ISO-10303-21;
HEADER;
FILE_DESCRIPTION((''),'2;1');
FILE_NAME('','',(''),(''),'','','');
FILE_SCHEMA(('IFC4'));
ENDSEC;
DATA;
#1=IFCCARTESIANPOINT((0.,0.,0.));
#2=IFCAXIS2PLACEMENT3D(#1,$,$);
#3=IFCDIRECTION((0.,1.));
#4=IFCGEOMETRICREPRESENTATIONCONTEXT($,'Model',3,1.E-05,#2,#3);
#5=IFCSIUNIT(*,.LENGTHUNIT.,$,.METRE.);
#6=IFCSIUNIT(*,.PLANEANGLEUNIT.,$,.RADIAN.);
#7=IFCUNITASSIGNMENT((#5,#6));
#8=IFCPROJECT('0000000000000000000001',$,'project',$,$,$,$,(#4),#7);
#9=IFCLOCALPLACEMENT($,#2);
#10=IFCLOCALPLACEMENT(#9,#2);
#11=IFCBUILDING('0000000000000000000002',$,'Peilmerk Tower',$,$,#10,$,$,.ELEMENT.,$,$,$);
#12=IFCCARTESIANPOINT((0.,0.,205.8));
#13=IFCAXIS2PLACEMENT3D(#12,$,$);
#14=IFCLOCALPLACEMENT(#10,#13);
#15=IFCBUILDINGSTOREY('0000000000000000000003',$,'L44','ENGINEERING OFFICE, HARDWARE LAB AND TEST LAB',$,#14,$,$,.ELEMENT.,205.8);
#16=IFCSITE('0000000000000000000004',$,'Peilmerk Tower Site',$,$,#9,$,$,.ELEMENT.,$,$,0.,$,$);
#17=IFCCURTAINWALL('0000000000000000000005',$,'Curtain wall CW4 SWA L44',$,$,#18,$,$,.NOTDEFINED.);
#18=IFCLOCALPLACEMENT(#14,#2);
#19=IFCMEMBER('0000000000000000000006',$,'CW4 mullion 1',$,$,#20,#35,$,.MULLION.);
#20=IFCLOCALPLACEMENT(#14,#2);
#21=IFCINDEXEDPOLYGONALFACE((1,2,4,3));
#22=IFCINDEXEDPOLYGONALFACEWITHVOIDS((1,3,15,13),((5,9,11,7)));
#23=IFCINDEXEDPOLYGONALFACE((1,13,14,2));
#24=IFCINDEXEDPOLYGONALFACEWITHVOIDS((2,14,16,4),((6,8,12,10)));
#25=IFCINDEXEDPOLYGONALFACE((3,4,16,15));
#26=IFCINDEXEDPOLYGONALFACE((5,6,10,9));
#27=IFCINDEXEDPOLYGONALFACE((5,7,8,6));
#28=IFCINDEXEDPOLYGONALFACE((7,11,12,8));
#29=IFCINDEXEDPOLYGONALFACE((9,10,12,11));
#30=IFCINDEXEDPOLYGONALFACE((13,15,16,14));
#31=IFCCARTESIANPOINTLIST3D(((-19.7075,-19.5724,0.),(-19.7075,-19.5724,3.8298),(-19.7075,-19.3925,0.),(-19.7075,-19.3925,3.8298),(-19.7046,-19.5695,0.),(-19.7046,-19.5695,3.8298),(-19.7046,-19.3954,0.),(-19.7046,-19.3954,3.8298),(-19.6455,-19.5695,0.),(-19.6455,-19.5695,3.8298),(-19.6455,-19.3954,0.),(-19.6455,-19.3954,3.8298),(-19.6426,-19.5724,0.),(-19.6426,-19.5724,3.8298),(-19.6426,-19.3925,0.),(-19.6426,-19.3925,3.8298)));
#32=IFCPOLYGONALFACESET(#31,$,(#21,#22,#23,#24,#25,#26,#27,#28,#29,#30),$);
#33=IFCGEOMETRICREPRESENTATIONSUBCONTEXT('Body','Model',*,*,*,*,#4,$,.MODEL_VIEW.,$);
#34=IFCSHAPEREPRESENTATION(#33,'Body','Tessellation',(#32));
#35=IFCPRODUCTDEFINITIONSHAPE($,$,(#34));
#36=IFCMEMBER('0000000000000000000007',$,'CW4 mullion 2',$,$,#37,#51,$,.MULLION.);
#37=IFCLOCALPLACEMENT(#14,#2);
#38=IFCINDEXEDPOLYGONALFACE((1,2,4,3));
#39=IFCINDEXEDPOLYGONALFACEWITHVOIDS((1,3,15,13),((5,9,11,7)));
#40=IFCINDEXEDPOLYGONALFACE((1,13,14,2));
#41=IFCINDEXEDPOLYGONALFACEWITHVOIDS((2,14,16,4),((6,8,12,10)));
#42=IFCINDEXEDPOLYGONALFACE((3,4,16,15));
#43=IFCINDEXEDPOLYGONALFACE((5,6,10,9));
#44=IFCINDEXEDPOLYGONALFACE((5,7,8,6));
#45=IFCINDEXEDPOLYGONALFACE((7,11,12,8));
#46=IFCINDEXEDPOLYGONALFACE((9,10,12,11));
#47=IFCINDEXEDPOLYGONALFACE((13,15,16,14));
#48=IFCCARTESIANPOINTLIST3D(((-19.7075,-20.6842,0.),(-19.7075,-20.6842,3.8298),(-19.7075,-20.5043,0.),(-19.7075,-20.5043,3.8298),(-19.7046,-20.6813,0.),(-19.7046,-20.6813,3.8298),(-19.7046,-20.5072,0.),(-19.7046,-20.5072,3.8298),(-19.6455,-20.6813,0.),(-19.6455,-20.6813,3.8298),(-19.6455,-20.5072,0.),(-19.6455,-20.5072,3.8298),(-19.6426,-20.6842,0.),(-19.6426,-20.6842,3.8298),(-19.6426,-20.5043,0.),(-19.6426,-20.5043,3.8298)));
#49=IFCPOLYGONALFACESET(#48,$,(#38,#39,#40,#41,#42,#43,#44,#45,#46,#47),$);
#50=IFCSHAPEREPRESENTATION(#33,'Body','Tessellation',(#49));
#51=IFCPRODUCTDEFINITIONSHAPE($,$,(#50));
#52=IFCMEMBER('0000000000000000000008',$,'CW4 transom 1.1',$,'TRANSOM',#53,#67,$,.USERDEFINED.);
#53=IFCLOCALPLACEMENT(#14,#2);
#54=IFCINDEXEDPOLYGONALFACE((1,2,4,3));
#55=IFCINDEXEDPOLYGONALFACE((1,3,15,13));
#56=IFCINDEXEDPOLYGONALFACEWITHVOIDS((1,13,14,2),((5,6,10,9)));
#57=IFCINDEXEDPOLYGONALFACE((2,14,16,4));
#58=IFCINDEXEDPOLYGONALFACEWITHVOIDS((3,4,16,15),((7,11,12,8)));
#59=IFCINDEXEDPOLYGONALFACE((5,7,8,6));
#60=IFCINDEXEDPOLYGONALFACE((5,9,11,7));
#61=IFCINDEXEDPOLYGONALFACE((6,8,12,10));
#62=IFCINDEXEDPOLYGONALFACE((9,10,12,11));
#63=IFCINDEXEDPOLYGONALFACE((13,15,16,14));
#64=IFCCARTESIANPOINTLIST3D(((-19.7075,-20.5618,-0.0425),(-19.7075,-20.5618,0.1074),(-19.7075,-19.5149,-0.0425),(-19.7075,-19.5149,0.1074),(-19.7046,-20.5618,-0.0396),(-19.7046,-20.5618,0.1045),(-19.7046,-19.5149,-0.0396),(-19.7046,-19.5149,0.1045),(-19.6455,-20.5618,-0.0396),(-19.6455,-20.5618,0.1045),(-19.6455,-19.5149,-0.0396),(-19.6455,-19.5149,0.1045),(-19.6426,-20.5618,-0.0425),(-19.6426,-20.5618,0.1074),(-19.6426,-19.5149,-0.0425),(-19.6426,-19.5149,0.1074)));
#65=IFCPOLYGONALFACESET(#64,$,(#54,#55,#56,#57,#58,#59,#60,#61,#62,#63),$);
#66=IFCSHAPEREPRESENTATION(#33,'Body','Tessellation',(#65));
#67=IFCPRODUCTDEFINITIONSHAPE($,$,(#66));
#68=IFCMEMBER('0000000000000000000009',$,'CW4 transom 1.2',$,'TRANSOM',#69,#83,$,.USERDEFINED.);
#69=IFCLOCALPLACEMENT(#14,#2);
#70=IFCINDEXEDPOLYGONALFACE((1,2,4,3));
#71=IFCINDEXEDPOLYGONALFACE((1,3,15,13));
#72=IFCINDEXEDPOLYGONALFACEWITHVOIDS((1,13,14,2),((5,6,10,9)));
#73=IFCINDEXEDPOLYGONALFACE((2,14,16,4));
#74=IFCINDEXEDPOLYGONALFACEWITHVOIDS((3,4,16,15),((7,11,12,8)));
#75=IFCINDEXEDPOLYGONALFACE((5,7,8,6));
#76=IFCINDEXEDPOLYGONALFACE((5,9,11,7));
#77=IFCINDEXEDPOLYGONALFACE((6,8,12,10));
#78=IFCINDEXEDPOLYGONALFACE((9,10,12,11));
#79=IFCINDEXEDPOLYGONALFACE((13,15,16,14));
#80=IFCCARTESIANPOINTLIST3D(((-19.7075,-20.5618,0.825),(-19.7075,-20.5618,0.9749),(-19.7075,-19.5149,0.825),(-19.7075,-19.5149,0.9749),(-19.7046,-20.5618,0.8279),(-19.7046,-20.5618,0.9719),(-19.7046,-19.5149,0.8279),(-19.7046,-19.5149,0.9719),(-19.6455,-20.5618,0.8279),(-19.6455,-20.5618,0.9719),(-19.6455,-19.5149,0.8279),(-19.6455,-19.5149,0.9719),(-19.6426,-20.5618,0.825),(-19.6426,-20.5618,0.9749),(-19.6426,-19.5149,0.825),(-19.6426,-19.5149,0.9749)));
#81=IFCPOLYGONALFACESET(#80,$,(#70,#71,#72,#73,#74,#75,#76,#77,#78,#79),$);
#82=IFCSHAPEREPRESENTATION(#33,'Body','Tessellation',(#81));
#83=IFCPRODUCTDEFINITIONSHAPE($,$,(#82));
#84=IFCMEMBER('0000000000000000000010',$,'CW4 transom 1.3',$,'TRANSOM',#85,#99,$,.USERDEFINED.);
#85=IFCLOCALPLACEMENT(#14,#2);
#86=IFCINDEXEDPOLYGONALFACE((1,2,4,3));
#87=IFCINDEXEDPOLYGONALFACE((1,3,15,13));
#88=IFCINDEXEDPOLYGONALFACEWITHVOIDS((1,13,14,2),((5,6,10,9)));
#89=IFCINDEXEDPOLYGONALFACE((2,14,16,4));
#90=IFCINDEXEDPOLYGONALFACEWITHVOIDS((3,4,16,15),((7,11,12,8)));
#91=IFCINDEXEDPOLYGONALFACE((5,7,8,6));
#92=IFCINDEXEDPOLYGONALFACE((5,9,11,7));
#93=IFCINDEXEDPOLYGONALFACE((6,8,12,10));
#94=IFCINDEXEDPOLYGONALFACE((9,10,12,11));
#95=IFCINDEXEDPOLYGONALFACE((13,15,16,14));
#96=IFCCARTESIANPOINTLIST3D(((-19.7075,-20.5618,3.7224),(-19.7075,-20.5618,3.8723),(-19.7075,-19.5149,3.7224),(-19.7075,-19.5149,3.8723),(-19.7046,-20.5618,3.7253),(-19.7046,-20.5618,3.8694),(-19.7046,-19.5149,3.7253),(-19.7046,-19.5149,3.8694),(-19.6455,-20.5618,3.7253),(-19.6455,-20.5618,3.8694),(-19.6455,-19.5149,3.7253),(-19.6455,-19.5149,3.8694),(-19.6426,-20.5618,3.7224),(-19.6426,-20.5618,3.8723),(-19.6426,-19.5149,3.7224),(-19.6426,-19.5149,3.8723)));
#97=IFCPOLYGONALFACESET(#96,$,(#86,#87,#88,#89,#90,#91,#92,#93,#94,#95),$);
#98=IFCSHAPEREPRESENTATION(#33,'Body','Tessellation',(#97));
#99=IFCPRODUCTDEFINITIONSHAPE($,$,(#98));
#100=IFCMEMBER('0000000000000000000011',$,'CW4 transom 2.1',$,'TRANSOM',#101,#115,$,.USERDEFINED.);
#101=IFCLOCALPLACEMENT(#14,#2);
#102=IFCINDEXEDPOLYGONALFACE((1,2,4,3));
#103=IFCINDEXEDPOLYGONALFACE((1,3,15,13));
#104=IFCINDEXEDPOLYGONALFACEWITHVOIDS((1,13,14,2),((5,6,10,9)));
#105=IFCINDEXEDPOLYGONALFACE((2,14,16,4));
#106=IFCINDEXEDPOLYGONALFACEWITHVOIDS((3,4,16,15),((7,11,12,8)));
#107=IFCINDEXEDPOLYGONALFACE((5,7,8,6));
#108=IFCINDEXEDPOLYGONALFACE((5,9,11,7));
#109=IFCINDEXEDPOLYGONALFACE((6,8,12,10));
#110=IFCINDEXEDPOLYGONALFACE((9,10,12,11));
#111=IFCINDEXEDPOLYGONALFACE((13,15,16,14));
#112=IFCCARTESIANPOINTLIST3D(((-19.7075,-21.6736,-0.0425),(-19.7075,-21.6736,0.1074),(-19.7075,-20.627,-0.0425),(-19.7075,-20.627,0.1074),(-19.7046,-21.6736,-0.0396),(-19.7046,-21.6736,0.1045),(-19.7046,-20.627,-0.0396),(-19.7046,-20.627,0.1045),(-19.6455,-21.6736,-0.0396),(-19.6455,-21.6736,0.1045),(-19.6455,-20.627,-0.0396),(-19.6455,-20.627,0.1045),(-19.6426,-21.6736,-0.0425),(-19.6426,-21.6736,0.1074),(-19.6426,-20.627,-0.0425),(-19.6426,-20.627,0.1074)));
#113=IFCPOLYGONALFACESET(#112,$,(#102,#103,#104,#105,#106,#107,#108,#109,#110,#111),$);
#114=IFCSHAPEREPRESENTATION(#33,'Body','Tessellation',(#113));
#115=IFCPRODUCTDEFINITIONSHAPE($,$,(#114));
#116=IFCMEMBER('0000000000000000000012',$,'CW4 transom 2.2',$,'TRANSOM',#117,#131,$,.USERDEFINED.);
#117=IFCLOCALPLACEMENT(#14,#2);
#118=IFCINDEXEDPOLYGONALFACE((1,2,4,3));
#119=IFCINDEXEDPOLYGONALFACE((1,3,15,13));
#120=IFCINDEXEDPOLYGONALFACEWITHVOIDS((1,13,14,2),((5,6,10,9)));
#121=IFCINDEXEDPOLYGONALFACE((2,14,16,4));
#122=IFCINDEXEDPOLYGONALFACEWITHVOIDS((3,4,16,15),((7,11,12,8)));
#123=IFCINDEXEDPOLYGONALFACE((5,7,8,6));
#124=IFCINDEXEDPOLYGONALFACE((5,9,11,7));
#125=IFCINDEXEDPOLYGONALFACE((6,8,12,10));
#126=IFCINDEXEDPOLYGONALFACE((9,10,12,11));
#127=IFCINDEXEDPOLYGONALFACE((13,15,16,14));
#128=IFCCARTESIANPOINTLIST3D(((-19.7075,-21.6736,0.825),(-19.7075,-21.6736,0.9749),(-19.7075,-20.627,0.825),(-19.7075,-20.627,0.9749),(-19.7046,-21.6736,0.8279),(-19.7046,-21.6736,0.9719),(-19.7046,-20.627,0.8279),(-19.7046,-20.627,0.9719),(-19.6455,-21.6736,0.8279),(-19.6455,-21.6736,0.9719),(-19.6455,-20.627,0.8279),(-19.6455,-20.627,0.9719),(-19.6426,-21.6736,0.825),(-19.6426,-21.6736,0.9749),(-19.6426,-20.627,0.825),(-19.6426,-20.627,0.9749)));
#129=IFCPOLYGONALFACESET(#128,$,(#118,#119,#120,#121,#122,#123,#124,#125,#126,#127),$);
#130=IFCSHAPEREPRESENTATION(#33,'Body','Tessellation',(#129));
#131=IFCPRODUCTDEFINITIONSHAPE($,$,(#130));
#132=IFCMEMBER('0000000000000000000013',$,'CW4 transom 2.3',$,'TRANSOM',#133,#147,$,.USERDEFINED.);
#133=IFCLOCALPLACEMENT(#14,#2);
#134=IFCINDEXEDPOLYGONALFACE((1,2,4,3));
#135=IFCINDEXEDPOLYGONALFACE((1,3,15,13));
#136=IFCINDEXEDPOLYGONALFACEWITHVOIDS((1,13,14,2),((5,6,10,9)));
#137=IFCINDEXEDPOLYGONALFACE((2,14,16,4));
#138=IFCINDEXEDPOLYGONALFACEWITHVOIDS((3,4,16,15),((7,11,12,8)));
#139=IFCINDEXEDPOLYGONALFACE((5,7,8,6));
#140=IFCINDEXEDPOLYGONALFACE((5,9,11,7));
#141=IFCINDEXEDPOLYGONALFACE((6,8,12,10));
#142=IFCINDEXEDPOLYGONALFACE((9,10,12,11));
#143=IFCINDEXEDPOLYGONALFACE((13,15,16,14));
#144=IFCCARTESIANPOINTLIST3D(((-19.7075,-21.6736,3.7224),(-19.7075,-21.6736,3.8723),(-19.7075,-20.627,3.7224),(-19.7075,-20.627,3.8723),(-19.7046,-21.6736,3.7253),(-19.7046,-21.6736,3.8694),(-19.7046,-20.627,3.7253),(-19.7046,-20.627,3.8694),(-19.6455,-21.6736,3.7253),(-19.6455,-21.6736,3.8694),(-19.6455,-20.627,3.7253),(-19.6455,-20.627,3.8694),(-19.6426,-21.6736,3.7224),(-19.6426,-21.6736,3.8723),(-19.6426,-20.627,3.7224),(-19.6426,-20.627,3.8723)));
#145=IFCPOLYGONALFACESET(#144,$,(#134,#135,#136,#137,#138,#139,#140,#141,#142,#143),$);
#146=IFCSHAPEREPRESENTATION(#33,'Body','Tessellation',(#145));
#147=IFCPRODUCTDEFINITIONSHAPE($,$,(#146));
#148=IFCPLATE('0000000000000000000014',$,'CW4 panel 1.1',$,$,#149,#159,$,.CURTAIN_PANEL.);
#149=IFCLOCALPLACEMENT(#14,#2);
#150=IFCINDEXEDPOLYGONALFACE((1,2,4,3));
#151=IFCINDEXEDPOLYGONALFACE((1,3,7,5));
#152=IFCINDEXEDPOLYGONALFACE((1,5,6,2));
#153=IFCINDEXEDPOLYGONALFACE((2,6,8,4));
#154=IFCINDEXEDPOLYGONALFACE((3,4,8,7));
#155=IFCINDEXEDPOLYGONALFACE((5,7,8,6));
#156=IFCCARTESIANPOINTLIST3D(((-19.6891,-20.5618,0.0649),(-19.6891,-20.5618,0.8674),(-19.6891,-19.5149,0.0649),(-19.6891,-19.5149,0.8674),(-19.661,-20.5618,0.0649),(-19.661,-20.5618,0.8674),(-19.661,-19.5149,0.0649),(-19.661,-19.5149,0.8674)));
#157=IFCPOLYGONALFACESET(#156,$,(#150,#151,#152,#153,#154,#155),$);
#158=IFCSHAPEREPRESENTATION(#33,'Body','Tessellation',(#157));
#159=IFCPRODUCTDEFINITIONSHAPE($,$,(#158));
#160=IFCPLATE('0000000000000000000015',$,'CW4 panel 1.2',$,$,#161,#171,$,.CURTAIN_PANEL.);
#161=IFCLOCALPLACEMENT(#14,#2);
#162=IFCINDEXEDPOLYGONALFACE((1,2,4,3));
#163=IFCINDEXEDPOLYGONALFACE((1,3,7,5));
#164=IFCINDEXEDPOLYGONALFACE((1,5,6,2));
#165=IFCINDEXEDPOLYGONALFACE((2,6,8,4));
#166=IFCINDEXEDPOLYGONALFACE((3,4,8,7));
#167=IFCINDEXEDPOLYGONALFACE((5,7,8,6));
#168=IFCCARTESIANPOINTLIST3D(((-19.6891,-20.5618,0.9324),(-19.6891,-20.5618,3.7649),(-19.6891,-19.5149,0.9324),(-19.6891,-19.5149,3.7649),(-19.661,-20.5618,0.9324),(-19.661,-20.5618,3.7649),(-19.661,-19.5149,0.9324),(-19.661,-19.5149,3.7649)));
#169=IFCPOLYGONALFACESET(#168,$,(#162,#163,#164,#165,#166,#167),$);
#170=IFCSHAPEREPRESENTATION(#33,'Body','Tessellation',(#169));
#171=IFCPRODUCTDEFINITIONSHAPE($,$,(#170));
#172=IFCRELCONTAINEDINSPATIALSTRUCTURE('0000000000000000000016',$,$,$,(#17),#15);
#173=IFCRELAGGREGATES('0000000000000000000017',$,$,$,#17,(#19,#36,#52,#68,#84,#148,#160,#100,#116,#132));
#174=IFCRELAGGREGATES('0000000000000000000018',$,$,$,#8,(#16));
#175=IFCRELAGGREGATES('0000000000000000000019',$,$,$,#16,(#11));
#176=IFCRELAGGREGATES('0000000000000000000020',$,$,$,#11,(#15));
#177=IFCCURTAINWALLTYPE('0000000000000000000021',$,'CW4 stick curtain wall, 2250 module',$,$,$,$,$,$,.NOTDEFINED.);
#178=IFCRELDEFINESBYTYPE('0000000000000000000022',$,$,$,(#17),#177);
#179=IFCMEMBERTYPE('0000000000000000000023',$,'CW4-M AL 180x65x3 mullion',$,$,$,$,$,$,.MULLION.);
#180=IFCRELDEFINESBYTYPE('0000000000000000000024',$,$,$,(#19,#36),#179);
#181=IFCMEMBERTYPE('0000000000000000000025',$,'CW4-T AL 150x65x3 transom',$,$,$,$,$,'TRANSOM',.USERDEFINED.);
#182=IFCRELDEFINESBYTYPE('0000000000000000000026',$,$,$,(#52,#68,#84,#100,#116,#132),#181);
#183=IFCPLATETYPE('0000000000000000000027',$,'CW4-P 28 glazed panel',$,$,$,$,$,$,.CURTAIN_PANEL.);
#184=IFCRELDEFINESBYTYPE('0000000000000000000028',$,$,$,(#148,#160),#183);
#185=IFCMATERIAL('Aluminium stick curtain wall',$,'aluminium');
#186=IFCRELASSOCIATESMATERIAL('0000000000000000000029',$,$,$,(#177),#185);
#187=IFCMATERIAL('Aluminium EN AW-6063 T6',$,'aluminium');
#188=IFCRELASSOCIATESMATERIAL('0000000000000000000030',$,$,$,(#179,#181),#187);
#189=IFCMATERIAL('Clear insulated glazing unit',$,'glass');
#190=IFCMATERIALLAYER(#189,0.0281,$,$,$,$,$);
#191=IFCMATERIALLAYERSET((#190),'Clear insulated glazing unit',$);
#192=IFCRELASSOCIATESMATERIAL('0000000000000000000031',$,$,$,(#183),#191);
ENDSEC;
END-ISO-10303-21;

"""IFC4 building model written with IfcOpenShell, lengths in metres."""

from ifc_helpers import new_model, si_unit, direction, frame, origin, origin_2d, place, context, subcontext, project, spatial, rectangle, hollow_rectangle, extrude, material, layer, layer_set, material_profile, profile_set, type_object, element, aggregate, save


model = new_model("IFC4")

# Units and contexts
model_context = context("Model", 3, precision=1e-05, world=origin(), true_north=direction((0.0, 1.0)))
body_context = subcontext(model_context, "Body", "Model", "MODEL_VIEW")
ifc_project = project(units=[si_unit("LENGTHUNIT", "METRE"), si_unit("PLANEANGLEUNIT", "RADIAN")], contexts=[model_context])

# Site, building, storey
site_placement = place(None, origin())
site = spatial("IfcSite", under=ifc_project, at=site_placement, Name="Peilmerk Tower Site", CompositionType="ELEMENT", RefElevation=0.0)
building_placement = place(site_placement, origin())
building = spatial("IfcBuilding", under=site, at=building_placement, Name="Peilmerk Tower", CompositionType="ELEMENT")
storey_placement = place(building_placement, frame((0.0, 0.0, 205.8)))
storey = spatial("IfcBuildingStorey", under=building, at=storey_placement, Name="L44", Description="ENGINEERING OFFICE, HARDWARE LAB AND TEST LAB", CompositionType="ELEMENT", Elevation=205.8)

# Curtain wall, members, plates
ifc_material_1 = material(Name="Aluminium stick curtain wall", Category="aluminium")
curtain_wall_type = type_object("IfcCurtainWallType", Name="CW4 stick curtain wall, 2250 module", PredefinedType="NOTDEFINED", material=ifc_material_1)
curtain_wall_placement = place(storey_placement, origin())
curtain_wall = element("IfcCurtainWall", 1, at=curtain_wall_placement, inside=storey, type_object=curtain_wall_type, Name="Curtain wall CW4 SWA L44", PredefinedType="NOTDEFINED")
ifc_material_2 = material(Name="Aluminium EN AW-6063 T6", Category="aluminium")
ifc_material_profile_1 = material_profile(ifc_material_2, hollow_rectangle(XDim=0.0649, YDim=0.1799, WallThickness=0.0029, at=origin_2d()), Name="AL 180x65x3")
ifc_profile_set_1 = profile_set([ifc_material_profile_1], Name="Aluminium EN AW-6063 T6")
member_type_1 = type_object("IfcMemberType", Name="CW4-M AL 180x65x3 mullion", PredefinedType="MULLION", material=ifc_profile_set_1)
member_1_placement = place(storey_placement, frame((-19.675, -19.4824, 0.0), z_axis=(0.0, 0.0, 1.0), x_axis=(1.0, 0.0, 0.0)))
member_1 = element("IfcMember", 2, at=member_1_placement, type_object=member_type_1, Name="CW4 mullion 1", PredefinedType="MULLION", context=body_context, shape_type="SweptSolid", body=[
    extrude(hollow_rectangle(XDim=0.0649, YDim=0.1799, WallThickness=0.0029, at=origin_2d()), origin(), (0.0, 0.0, 1.0), 3.8298),
])
member_2_placement = place(storey_placement, frame((-19.675, -20.5942, 0.0), z_axis=(0.0, 0.0, 1.0), x_axis=(1.0, 0.0, 0.0)))
member_2 = element("IfcMember", 3, at=member_2_placement, type_object=member_type_1, Name="CW4 mullion 2", PredefinedType="MULLION", context=body_context, shape_type="SweptSolid", body=[
    extrude(hollow_rectangle(XDim=0.0649, YDim=0.1799, WallThickness=0.0029, at=origin_2d()), origin(), (0.0, 0.0, 1.0), 3.8298),
])
ifc_material_profile_2 = material_profile(ifc_material_2, hollow_rectangle(XDim=0.0649, YDim=0.1499, WallThickness=0.0029, at=origin_2d()), Name="AL 150x65x3")
ifc_profile_set_2 = profile_set([ifc_material_profile_2], Name="Aluminium EN AW-6063 T6")
member_type_2 = type_object("IfcMemberType", Name="CW4-T AL 150x65x3 transom", ElementType="TRANSOM", PredefinedType="USERDEFINED", material=ifc_profile_set_2)
member_3_placement = place(storey_placement, frame((-19.675, -19.5149, 0.0325), z_axis=(0.0, -1.0, 0.0), x_axis=(1.0, 0.0, 0.0)))
member_3 = element("IfcMember", 4, at=member_3_placement, type_object=member_type_2, Name="CW4 transom 1.1", ObjectType="TRANSOM", PredefinedType="USERDEFINED", context=body_context, shape_type="SweptSolid", body=[
    extrude(hollow_rectangle(XDim=0.0649, YDim=0.1499, WallThickness=0.0029, at=origin_2d()), origin(), (0.0, 0.0, 1.0), 1.0469),
])
member_4_placement = place(storey_placement, frame((-19.675, -19.5149, 0.8999), z_axis=(0.0, -1.0, 0.0), x_axis=(1.0, 0.0, 0.0)))
member_4 = element("IfcMember", 5, at=member_4_placement, type_object=member_type_2, Name="CW4 transom 1.2", ObjectType="TRANSOM", PredefinedType="USERDEFINED", context=body_context, shape_type="SweptSolid", body=[
    extrude(hollow_rectangle(XDim=0.0649, YDim=0.1499, WallThickness=0.0029, at=origin_2d()), origin(), (0.0, 0.0, 1.0), 1.0469),
])
member_5_placement = place(storey_placement, frame((-19.675, -19.5149, 3.7974), z_axis=(0.0, -1.0, 0.0), x_axis=(1.0, 0.0, 0.0)))
member_5 = element("IfcMember", 6, at=member_5_placement, type_object=member_type_2, Name="CW4 transom 1.3", ObjectType="TRANSOM", PredefinedType="USERDEFINED", context=body_context, shape_type="SweptSolid", body=[
    extrude(hollow_rectangle(XDim=0.0649, YDim=0.1499, WallThickness=0.0029, at=origin_2d()), origin(), (0.0, 0.0, 1.0), 1.0469),
])
member_6_placement = place(storey_placement, frame((-19.675, -20.627, 0.0325), z_axis=(0.0, -1.0, 0.0), x_axis=(1.0, 0.0, 0.0)))
member_6 = element("IfcMember", 7, at=member_6_placement, type_object=member_type_2, Name="CW4 transom 2.1", ObjectType="TRANSOM", PredefinedType="USERDEFINED", context=body_context, shape_type="SweptSolid", body=[
    extrude(hollow_rectangle(XDim=0.0649, YDim=0.1499, WallThickness=0.0029, at=origin_2d()), origin(), (0.0, 0.0, 1.0), 1.0466),
])
member_7_placement = place(storey_placement, frame((-19.675, -20.627, 0.8999), z_axis=(0.0, -1.0, 0.0), x_axis=(1.0, 0.0, 0.0)))
member_7 = element("IfcMember", 8, at=member_7_placement, type_object=member_type_2, Name="CW4 transom 2.2", ObjectType="TRANSOM", PredefinedType="USERDEFINED", context=body_context, shape_type="SweptSolid", body=[
    extrude(hollow_rectangle(XDim=0.0649, YDim=0.1499, WallThickness=0.0029, at=origin_2d()), origin(), (0.0, 0.0, 1.0), 1.0466),
])
member_8_placement = place(storey_placement, frame((-19.675, -20.627, 3.7974), z_axis=(0.0, -1.0, 0.0), x_axis=(1.0, 0.0, 0.0)))
member_8 = element("IfcMember", 9, at=member_8_placement, type_object=member_type_2, Name="CW4 transom 2.3", ObjectType="TRANSOM", PredefinedType="USERDEFINED", context=body_context, shape_type="SweptSolid", body=[
    extrude(hollow_rectangle(XDim=0.0649, YDim=0.1499, WallThickness=0.0029, at=origin_2d()), origin(), (0.0, 0.0, 1.0), 1.0466),
])
ifc_material_3 = material(Name="Clear insulated glazing unit", Category="glass")
ifc_layer_1 = layer(ifc_material_3, 0.0281)
ifc_layer_set_1 = layer_set([ifc_layer_1], Name="Clear insulated glazing unit")
plate_type = type_object("IfcPlateType", Name="CW4-P 28 glazed panel", PredefinedType="CURTAIN_PANEL", material=ifc_layer_set_1)
plate_1_placement = place(storey_placement, frame((-19.675, -20.0383, 0.0649), z_axis=(0.0, 0.0, 1.0), x_axis=(0.0, -1.0, 0.0)))
plate_1 = element("IfcPlate", 10, at=plate_1_placement, type_object=plate_type, Name="CW4 panel 1.1", PredefinedType="CURTAIN_PANEL", context=body_context, shape_type="SweptSolid", body=[
    extrude(rectangle(XDim=1.0469, YDim=0.0281, at=origin_2d()), origin(), (0.0, 0.0, 1.0), 0.8025),
])
plate_2_placement = place(storey_placement, frame((-19.675, -20.0383, 0.9324), z_axis=(0.0, 0.0, 1.0), x_axis=(0.0, -1.0, 0.0)))
plate_2 = element("IfcPlate", 11, at=plate_2_placement, type_object=plate_type, Name="CW4 panel 1.2", PredefinedType="CURTAIN_PANEL", context=body_context, shape_type="SweptSolid", body=[
    extrude(rectangle(XDim=1.0469, YDim=0.0281, at=origin_2d()), origin(), (0.0, 0.0, 1.0), 2.8325),
])
aggregate(curtain_wall, [member_1, member_2, member_3, member_4, member_5, plate_1, plate_2, member_6, member_7, member_8])

save(model, "model.ifc")
